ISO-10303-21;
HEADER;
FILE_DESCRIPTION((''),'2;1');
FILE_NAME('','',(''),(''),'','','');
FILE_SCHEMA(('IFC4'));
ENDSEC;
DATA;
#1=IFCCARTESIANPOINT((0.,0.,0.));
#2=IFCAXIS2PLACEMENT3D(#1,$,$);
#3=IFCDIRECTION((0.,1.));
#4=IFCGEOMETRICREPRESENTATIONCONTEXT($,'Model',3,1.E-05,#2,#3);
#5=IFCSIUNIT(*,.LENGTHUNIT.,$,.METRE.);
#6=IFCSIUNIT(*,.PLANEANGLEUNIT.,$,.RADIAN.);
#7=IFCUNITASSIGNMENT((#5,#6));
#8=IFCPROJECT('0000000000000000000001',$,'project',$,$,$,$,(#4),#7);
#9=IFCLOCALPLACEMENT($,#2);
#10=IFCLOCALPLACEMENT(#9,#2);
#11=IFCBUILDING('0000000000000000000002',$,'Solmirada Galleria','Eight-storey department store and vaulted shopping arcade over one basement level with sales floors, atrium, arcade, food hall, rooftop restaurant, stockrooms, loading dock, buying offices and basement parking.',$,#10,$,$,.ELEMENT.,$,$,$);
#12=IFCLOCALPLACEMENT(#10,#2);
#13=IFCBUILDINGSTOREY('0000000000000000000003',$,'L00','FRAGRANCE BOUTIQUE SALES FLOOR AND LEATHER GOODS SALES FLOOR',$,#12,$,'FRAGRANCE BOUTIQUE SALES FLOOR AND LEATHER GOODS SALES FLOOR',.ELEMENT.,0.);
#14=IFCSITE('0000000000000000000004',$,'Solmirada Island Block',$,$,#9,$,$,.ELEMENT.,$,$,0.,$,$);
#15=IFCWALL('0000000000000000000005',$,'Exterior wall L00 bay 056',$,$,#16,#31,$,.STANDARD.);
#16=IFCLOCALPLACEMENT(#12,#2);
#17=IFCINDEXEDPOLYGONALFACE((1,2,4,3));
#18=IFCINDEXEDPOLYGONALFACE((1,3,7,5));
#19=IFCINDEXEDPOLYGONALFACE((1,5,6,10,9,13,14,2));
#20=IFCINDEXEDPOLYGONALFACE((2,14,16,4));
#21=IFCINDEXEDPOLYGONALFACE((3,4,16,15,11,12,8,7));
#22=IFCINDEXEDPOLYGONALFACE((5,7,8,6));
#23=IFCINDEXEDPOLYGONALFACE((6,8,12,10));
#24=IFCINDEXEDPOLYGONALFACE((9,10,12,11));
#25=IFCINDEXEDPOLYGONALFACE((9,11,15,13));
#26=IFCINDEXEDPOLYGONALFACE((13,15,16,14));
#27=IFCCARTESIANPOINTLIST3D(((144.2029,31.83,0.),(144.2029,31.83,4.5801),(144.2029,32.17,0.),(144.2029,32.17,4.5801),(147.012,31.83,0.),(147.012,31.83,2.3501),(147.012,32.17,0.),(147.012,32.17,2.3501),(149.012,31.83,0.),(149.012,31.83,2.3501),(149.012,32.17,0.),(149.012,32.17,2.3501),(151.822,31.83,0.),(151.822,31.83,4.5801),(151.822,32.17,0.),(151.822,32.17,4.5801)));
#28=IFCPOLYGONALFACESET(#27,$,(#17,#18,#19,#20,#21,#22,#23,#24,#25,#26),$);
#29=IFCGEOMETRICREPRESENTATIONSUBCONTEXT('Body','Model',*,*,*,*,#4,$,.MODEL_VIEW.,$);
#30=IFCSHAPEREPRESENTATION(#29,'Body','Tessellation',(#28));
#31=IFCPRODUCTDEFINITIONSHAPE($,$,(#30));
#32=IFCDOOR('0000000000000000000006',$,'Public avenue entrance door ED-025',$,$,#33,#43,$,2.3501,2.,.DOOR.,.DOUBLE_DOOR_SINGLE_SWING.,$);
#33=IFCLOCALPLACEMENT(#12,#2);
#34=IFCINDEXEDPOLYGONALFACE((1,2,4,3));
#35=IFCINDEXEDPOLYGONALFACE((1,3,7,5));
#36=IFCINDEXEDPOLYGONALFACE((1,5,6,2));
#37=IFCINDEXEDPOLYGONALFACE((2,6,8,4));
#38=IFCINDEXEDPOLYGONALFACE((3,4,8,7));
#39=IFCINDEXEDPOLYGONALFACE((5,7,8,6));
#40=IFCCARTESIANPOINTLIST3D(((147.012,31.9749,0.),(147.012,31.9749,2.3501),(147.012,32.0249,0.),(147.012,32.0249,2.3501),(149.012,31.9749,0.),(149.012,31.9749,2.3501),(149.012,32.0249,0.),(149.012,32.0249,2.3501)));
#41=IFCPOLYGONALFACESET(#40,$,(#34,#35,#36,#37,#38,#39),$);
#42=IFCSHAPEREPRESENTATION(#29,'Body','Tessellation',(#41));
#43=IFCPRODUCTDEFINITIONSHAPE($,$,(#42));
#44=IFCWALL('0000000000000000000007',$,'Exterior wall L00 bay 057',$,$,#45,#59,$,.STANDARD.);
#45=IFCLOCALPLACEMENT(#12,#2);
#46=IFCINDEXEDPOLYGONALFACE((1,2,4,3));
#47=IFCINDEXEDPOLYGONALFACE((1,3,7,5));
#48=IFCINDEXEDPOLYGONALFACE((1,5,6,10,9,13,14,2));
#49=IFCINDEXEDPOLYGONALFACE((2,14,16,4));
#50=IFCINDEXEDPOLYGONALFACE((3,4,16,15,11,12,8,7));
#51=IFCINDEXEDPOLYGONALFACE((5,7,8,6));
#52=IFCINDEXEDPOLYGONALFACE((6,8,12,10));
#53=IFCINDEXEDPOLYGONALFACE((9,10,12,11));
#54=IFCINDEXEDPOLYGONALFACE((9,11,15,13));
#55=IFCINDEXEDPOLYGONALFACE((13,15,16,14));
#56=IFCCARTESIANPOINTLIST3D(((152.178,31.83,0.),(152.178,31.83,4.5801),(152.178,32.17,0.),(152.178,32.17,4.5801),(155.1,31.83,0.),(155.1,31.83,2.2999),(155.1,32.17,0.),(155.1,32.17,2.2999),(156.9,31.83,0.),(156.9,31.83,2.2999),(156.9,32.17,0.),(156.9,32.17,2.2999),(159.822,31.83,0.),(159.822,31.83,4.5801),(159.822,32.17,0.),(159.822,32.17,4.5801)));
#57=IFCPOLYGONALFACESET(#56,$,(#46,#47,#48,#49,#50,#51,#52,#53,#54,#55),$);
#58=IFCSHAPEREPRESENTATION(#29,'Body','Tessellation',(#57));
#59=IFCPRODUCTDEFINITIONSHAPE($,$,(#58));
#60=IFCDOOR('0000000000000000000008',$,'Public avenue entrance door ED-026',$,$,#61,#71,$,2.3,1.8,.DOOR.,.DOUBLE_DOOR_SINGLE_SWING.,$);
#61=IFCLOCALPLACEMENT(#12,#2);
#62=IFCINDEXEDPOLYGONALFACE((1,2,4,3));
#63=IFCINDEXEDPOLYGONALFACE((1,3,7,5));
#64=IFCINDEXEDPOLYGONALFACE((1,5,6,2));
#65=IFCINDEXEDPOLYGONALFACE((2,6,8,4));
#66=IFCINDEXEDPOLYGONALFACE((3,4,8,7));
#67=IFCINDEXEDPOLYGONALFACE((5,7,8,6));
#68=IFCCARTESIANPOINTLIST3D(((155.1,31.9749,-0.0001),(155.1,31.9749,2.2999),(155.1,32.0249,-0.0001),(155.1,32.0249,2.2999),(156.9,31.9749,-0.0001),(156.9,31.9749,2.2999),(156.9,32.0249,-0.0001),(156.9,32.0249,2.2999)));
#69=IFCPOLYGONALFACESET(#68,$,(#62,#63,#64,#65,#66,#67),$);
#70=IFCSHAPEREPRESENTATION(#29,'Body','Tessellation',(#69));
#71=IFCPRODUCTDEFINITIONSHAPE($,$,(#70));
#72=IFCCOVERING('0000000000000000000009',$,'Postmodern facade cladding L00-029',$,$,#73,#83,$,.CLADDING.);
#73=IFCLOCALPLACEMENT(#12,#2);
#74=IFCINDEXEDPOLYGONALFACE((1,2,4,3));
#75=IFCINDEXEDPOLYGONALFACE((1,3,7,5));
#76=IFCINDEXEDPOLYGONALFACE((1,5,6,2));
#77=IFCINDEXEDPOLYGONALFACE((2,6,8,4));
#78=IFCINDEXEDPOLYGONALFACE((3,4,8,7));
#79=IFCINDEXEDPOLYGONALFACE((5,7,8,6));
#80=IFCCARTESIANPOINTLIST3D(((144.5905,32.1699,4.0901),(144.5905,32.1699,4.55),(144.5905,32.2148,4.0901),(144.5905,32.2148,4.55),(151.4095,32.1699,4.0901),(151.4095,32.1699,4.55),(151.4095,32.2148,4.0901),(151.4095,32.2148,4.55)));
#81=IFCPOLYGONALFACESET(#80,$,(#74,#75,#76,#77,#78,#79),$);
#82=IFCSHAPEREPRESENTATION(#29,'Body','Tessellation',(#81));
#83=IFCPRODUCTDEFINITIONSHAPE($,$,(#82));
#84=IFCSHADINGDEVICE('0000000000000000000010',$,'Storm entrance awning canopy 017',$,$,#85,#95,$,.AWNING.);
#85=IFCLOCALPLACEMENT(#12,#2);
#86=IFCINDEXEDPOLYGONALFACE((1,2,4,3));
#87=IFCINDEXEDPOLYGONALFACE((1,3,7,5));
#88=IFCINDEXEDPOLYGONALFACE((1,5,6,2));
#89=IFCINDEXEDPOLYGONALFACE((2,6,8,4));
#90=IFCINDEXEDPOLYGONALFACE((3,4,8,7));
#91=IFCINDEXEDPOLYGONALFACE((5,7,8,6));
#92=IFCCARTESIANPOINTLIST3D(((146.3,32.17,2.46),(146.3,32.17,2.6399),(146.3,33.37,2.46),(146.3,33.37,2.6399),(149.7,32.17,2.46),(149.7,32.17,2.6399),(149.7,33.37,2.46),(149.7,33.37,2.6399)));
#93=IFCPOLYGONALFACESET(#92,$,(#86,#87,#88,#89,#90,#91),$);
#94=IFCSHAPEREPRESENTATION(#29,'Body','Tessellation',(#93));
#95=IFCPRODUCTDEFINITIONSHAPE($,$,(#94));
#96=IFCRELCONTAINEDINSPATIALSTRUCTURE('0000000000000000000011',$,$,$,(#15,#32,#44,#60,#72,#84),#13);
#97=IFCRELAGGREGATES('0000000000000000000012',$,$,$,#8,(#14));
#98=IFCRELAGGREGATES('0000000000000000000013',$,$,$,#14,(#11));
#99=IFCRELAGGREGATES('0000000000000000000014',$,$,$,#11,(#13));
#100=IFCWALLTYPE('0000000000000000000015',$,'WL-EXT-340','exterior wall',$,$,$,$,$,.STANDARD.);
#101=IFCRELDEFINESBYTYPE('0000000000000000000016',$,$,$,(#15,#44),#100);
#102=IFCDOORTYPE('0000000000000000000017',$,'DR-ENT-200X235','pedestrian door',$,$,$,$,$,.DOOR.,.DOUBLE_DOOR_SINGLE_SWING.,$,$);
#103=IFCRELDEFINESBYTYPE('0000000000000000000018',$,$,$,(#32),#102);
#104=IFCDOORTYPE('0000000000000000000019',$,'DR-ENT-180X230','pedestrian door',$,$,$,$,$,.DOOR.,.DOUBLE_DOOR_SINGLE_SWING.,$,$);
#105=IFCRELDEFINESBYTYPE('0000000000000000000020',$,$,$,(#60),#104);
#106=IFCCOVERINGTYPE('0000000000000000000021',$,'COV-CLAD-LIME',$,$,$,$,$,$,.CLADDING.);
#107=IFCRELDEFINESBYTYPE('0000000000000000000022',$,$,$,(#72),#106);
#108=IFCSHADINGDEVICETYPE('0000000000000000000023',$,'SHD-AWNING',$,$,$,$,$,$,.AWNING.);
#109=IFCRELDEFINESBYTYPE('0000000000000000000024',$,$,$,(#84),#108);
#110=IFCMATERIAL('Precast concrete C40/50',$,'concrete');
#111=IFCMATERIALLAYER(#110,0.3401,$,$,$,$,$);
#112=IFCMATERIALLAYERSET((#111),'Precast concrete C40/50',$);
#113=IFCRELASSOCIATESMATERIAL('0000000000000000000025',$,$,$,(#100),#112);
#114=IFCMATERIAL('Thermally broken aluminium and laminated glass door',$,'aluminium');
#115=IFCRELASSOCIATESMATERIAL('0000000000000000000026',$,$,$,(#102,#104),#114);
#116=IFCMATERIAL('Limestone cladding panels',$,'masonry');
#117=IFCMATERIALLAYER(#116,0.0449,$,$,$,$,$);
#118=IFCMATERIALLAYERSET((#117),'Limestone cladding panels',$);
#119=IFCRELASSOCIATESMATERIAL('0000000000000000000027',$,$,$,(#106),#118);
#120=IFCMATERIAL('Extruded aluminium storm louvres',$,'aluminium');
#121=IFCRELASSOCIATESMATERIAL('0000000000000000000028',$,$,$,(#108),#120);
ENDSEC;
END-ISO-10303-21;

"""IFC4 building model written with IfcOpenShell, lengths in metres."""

from ifc_helpers import new_model, si_unit, direction, frame, frame_2d, origin, origin_2d, place, context, subcontext, project, spatial, rectangle, extrude, material, layer, layer_set, type_object, element, fill, save


model = new_model("IFC4")

# Units and contexts
model_context = context("Model", 3, precision=1e-05, world=origin(), true_north=direction((0.0, 1.0)))
body_context = subcontext(model_context, "Body", "Model", "MODEL_VIEW")
ifc_project = project(units=[si_unit("LENGTHUNIT", "METRE"), si_unit("PLANEANGLEUNIT", "RADIAN")], contexts=[model_context])

# Site, building, storey
site_placement = place(None, origin())
site = spatial("IfcSite", under=ifc_project, at=site_placement, Name="Solmirada Island Block", CompositionType="ELEMENT", RefElevation=0.0)
building_placement = place(site_placement, origin())
building = spatial("IfcBuilding", under=site, at=building_placement, Name="Solmirada Galleria", Description="Eight-storey department store and vaulted shopping arcade over one basement level with sales floors, atrium, arcade, food hall, rooftop restaurant, stockrooms, loading dock, buying offices and basement parking.", CompositionType="ELEMENT")
storey_placement = place(building_placement, origin())
storey = spatial("IfcBuildingStorey", under=building, at=storey_placement, Name="L00", Description="FRAGRANCE BOUTIQUE SALES FLOOR AND LEATHER GOODS SALES FLOOR", LongName="FRAGRANCE BOUTIQUE SALES FLOOR AND LEATHER GOODS SALES FLOOR", CompositionType="ELEMENT", Elevation=0.0)

# Walls, openings, doors
ifc_material_1 = material(Name="Precast concrete C40/50", Category="concrete")
ifc_layer_1 = layer(ifc_material_1, 0.3401)
ifc_layer_set_1 = layer_set([ifc_layer_1], Name="Precast concrete C40/50")
wall_type = type_object("IfcWallType", Name="WL-EXT-340", Description="exterior wall", PredefinedType="STANDARD", material=ifc_layer_set_1)
wall_1_placement = place(storey_placement, frame((144.2029, 32.0, 0.0), z_axis=(0.0, 0.0, 1.0), x_axis=(1.0, 0.0, 0.0)))
wall_1 = element("IfcWall", 1, at=wall_1_placement, inside=storey, type_object=wall_type, Name="Exterior wall L00 bay 056", PredefinedType="STANDARD", context=body_context, shape_type="SweptSolid", body=[
    extrude(rectangle(XDim=7.6191, YDim=0.3401, at=frame_2d((3.8096, 0.0))), origin(), (0.0, 0.0, 1.0), 4.5801),
])
opening_1_placement = place(wall_1_placement, frame((2.8091, 0.0, 0.0)))
opening_1 = element("IfcOpeningElement", 2, at=opening_1_placement, cuts=wall_1, PredefinedType="OPENING", context=body_context, shape_type="SweptSolid", body=[
    extrude(rectangle(XDim=2.0, YDim=2.3501, at=frame_2d((1.0, 1.175))), frame((0.0, 0.1799, 0.0), z_axis=(0.0, -1.0, 0.0), x_axis=(1.0, 0.0, 0.0)), (0.0, 0.0, 1.0), 0.3601),
])
ifc_material_2 = material(Name="Thermally broken aluminium and laminated glass door", Category="aluminium")
door_type_1 = type_object("IfcDoorType", Name="DR-ENT-200X235", Description="pedestrian door", OperationType="DOUBLE_DOOR_SINGLE_SWING", PredefinedType="DOOR", material=ifc_material_2)
door_1_placement = place(opening_1_placement, origin())
door_1 = element("IfcDoor", 3, at=door_1_placement, inside=storey, type_object=door_type_1, Name="Public avenue entrance door ED-025", OperationType="DOUBLE_DOOR_SINGLE_SWING", OverallHeight=2.3501, OverallWidth=2.0, PredefinedType="DOOR", context=body_context, shape_type="SweptSolid", body=[
    extrude(rectangle(XDim=2.0, YDim=2.3501, at=frame_2d((1.0, 1.175))), frame((0.0, 0.0249, 0.0), z_axis=(0.0, -1.0, 0.0), x_axis=(1.0, 0.0, 0.0)), (0.0, 0.0, 1.0), 0.05),
])
fill(opening_1, door_1)
wall_2_placement = place(storey_placement, frame((152.178, 32.0, 0.0), z_axis=(0.0, 0.0, 1.0), x_axis=(1.0, 0.0, 0.0)))
wall_2 = element("IfcWall", 4, at=wall_2_placement, inside=storey, type_object=wall_type, Name="Exterior wall L00 bay 057", PredefinedType="STANDARD", context=body_context, shape_type="SweptSolid", body=[
    extrude(rectangle(XDim=7.644, YDim=0.3401, at=frame_2d((3.822, 0.0))), origin(), (0.0, 0.0, 1.0), 4.5801),
])
opening_2_placement = place(wall_2_placement, frame((2.9221, 0.0, 0.0)))
opening_2 = element("IfcOpeningElement", 5, at=opening_2_placement, cuts=wall_2, PredefinedType="OPENING", context=body_context, shape_type="SweptSolid", body=[
    extrude(rectangle(XDim=1.8, YDim=2.3, at=frame_2d((0.8999, 1.1499))), frame((0.0, 0.1799, 0.0), z_axis=(0.0, -1.0, 0.0), x_axis=(1.0, 0.0, 0.0)), (0.0, 0.0, 1.0), 0.3601),
])
door_type_2 = type_object("IfcDoorType", Name="DR-ENT-180X230", Description="pedestrian door", OperationType="DOUBLE_DOOR_SINGLE_SWING", PredefinedType="DOOR", material=ifc_material_2)
door_2_placement = place(opening_2_placement, origin())
door_2 = element("IfcDoor", 6, at=door_2_placement, inside=storey, type_object=door_type_2, Name="Public avenue entrance door ED-026", OperationType="DOUBLE_DOOR_SINGLE_SWING", OverallHeight=2.3, OverallWidth=1.8, PredefinedType="DOOR", context=body_context, shape_type="SweptSolid", body=[
    extrude(rectangle(XDim=1.8, YDim=2.3, at=frame_2d((0.8999, 1.1499))), frame((0.0, 0.0249, 0.0), z_axis=(0.0, -1.0, 0.0), x_axis=(1.0, 0.0, 0.0)), (0.0, 0.0, 1.0), 0.05),
])
fill(opening_2, door_2)

# Covering
ifc_material_3 = material(Name="Limestone cladding panels", Category="masonry")
ifc_layer_2 = layer(ifc_material_3, 0.0449)
ifc_layer_set_2 = layer_set([ifc_layer_2], Name="Limestone cladding panels")
covering_type = type_object("IfcCoveringType", Name="COV-CLAD-LIME", PredefinedType="CLADDING", material=ifc_layer_set_2)
covering_placement = place(storey_placement, frame((148.0, 32.1924, 4.0901), z_axis=(0.0, 0.0, 1.0), x_axis=(1.0, 0.0, 0.0)))
element("IfcCovering", 7, at=covering_placement, inside=storey, type_object=covering_type, Name="Postmodern facade cladding L00-029", PredefinedType="CLADDING", context=body_context, shape_type="SweptSolid", body=[
    extrude(rectangle(XDim=6.8191, YDim=0.0449, at=origin_2d()), origin(), (0.0, 0.0, 1.0), 0.46),
])

# Shading device
ifc_material_4 = material(Name="Extruded aluminium storm louvres", Category="aluminium")
shading_device_type = type_object("IfcShadingDeviceType", Name="SHD-AWNING", PredefinedType="AWNING", material=ifc_material_4)
shading_device_placement = place(storey_placement, frame((148.0, 32.77, 2.46), z_axis=(0.0, 0.0, 1.0), x_axis=(1.0, 0.0, 0.0)))
element("IfcShadingDevice", 8, at=shading_device_placement, inside=storey, type_object=shading_device_type, Name="Storm entrance awning canopy 017", PredefinedType="AWNING", context=body_context, shape_type="SweptSolid", body=[
    extrude(rectangle(XDim=3.3999, YDim=1.2, at=origin_2d()), origin(), (0.0, 0.0, 1.0), 0.1799),
])

save(model, "model.ifc")
